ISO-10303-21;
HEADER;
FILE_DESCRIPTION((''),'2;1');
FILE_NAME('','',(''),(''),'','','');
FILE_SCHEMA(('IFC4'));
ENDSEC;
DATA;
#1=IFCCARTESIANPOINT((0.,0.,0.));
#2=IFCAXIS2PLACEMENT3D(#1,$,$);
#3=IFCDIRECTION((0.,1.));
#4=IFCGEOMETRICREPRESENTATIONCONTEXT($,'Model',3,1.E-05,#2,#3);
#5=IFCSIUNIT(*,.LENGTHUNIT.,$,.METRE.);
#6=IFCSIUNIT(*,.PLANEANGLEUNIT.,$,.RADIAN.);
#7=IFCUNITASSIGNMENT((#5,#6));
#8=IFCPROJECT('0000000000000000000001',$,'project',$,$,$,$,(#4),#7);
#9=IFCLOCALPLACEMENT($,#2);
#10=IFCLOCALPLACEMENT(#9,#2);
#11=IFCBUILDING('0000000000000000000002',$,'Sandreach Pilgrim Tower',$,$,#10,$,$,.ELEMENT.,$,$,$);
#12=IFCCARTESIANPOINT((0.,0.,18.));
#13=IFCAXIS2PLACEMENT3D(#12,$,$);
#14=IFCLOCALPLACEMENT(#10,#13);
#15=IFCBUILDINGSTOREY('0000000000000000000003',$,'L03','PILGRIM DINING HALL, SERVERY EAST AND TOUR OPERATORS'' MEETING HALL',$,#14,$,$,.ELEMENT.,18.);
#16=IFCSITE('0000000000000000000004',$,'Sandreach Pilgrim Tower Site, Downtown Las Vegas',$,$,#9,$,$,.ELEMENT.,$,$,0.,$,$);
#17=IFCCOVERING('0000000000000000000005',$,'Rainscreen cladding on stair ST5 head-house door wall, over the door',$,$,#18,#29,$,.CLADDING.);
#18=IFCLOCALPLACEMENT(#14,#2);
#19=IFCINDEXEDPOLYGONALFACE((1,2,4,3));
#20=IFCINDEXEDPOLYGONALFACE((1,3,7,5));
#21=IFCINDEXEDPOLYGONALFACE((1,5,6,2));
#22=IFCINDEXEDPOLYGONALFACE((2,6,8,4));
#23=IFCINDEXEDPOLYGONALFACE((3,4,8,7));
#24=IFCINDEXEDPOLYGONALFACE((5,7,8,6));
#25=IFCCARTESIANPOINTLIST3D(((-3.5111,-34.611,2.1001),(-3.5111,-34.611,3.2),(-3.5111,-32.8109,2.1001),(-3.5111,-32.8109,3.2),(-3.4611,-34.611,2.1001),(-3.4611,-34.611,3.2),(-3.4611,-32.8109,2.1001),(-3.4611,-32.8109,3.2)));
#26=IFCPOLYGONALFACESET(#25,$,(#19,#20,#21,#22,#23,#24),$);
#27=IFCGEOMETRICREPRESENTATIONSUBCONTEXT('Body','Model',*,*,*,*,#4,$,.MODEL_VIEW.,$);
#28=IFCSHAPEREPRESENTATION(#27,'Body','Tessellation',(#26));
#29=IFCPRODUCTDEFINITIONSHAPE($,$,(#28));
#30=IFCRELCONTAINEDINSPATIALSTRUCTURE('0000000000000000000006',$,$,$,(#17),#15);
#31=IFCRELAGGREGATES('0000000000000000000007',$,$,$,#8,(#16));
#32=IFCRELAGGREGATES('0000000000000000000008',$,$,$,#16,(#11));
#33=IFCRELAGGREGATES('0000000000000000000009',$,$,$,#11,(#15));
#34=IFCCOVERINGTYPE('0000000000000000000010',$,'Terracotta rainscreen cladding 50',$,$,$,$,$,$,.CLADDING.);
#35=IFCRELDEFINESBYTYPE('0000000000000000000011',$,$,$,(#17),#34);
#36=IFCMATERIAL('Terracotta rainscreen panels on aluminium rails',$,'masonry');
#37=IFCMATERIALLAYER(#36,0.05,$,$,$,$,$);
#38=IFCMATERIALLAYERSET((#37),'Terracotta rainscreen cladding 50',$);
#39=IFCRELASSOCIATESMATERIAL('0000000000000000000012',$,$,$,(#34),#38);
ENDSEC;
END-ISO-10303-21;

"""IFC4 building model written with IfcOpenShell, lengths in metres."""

from ifc_helpers import new_model, si_unit, direction, frame, frame_2d, origin, place, context, subcontext, project, spatial, rectangle, extrude, material, layer, layer_set, type_object, element, save


model = new_model("IFC4")

# Units and contexts
model_context = context("Model", 3, precision=1e-05, world=origin(), true_north=direction((0.0, 1.0)))
body_context = subcontext(model_context, "Body", "Model", "MODEL_VIEW")
ifc_project = project(units=[si_unit("LENGTHUNIT", "METRE"), si_unit("PLANEANGLEUNIT", "RADIAN")], contexts=[model_context])

# Site, building, storey
site_placement = place(None, origin())
site = spatial("IfcSite", under=ifc_project, at=site_placement, Name="Sandreach Pilgrim Tower Site, Downtown Las Vegas", CompositionType="ELEMENT", RefElevation=0.0)
building_placement = place(site_placement, origin())
building = spatial("IfcBuilding", under=site, at=building_placement, Name="Sandreach Pilgrim Tower", CompositionType="ELEMENT")
storey_placement = place(building_placement, frame((0.0, 0.0, 18.0)))
storey = spatial("IfcBuildingStorey", under=building, at=storey_placement, Name="L03", Description="PILGRIM DINING HALL, SERVERY EAST AND TOUR OPERATORS' MEETING HALL", CompositionType="ELEMENT", Elevation=18.0)

# Covering
ifc_material_1 = material(Name="Terracotta rainscreen panels on aluminium rails", Category="masonry")
ifc_layer_1 = layer(ifc_material_1, 0.05)
ifc_layer_set_1 = layer_set([ifc_layer_1], Name="Terracotta rainscreen cladding 50")
covering_type = type_object("IfcCoveringType", Name="Terracotta rainscreen cladding 50", PredefinedType="CLADDING", material=ifc_layer_set_1)
covering_1_placement = place(storey_placement, frame((-3.4861, -34.6108, 2.1001), z_axis=(0.0, 0.0, 1.0), x_axis=(0.0, 1.0, 0.0)))
element("IfcCovering", 1, at=covering_1_placement, inside=storey, type_object=covering_type, Name="Rainscreen cladding on stair ST5 head-house door wall, over the door", PredefinedType="CLADDING", context=body_context, shape_type="SweptSolid", body=[
    extrude(rectangle(XDim=1.8, YDim=0.05, at=frame_2d((0.8999, 0.0))), origin(), (0.0, 0.0, 1.0), 1.0999),
])

save(model, "model.ifc")
